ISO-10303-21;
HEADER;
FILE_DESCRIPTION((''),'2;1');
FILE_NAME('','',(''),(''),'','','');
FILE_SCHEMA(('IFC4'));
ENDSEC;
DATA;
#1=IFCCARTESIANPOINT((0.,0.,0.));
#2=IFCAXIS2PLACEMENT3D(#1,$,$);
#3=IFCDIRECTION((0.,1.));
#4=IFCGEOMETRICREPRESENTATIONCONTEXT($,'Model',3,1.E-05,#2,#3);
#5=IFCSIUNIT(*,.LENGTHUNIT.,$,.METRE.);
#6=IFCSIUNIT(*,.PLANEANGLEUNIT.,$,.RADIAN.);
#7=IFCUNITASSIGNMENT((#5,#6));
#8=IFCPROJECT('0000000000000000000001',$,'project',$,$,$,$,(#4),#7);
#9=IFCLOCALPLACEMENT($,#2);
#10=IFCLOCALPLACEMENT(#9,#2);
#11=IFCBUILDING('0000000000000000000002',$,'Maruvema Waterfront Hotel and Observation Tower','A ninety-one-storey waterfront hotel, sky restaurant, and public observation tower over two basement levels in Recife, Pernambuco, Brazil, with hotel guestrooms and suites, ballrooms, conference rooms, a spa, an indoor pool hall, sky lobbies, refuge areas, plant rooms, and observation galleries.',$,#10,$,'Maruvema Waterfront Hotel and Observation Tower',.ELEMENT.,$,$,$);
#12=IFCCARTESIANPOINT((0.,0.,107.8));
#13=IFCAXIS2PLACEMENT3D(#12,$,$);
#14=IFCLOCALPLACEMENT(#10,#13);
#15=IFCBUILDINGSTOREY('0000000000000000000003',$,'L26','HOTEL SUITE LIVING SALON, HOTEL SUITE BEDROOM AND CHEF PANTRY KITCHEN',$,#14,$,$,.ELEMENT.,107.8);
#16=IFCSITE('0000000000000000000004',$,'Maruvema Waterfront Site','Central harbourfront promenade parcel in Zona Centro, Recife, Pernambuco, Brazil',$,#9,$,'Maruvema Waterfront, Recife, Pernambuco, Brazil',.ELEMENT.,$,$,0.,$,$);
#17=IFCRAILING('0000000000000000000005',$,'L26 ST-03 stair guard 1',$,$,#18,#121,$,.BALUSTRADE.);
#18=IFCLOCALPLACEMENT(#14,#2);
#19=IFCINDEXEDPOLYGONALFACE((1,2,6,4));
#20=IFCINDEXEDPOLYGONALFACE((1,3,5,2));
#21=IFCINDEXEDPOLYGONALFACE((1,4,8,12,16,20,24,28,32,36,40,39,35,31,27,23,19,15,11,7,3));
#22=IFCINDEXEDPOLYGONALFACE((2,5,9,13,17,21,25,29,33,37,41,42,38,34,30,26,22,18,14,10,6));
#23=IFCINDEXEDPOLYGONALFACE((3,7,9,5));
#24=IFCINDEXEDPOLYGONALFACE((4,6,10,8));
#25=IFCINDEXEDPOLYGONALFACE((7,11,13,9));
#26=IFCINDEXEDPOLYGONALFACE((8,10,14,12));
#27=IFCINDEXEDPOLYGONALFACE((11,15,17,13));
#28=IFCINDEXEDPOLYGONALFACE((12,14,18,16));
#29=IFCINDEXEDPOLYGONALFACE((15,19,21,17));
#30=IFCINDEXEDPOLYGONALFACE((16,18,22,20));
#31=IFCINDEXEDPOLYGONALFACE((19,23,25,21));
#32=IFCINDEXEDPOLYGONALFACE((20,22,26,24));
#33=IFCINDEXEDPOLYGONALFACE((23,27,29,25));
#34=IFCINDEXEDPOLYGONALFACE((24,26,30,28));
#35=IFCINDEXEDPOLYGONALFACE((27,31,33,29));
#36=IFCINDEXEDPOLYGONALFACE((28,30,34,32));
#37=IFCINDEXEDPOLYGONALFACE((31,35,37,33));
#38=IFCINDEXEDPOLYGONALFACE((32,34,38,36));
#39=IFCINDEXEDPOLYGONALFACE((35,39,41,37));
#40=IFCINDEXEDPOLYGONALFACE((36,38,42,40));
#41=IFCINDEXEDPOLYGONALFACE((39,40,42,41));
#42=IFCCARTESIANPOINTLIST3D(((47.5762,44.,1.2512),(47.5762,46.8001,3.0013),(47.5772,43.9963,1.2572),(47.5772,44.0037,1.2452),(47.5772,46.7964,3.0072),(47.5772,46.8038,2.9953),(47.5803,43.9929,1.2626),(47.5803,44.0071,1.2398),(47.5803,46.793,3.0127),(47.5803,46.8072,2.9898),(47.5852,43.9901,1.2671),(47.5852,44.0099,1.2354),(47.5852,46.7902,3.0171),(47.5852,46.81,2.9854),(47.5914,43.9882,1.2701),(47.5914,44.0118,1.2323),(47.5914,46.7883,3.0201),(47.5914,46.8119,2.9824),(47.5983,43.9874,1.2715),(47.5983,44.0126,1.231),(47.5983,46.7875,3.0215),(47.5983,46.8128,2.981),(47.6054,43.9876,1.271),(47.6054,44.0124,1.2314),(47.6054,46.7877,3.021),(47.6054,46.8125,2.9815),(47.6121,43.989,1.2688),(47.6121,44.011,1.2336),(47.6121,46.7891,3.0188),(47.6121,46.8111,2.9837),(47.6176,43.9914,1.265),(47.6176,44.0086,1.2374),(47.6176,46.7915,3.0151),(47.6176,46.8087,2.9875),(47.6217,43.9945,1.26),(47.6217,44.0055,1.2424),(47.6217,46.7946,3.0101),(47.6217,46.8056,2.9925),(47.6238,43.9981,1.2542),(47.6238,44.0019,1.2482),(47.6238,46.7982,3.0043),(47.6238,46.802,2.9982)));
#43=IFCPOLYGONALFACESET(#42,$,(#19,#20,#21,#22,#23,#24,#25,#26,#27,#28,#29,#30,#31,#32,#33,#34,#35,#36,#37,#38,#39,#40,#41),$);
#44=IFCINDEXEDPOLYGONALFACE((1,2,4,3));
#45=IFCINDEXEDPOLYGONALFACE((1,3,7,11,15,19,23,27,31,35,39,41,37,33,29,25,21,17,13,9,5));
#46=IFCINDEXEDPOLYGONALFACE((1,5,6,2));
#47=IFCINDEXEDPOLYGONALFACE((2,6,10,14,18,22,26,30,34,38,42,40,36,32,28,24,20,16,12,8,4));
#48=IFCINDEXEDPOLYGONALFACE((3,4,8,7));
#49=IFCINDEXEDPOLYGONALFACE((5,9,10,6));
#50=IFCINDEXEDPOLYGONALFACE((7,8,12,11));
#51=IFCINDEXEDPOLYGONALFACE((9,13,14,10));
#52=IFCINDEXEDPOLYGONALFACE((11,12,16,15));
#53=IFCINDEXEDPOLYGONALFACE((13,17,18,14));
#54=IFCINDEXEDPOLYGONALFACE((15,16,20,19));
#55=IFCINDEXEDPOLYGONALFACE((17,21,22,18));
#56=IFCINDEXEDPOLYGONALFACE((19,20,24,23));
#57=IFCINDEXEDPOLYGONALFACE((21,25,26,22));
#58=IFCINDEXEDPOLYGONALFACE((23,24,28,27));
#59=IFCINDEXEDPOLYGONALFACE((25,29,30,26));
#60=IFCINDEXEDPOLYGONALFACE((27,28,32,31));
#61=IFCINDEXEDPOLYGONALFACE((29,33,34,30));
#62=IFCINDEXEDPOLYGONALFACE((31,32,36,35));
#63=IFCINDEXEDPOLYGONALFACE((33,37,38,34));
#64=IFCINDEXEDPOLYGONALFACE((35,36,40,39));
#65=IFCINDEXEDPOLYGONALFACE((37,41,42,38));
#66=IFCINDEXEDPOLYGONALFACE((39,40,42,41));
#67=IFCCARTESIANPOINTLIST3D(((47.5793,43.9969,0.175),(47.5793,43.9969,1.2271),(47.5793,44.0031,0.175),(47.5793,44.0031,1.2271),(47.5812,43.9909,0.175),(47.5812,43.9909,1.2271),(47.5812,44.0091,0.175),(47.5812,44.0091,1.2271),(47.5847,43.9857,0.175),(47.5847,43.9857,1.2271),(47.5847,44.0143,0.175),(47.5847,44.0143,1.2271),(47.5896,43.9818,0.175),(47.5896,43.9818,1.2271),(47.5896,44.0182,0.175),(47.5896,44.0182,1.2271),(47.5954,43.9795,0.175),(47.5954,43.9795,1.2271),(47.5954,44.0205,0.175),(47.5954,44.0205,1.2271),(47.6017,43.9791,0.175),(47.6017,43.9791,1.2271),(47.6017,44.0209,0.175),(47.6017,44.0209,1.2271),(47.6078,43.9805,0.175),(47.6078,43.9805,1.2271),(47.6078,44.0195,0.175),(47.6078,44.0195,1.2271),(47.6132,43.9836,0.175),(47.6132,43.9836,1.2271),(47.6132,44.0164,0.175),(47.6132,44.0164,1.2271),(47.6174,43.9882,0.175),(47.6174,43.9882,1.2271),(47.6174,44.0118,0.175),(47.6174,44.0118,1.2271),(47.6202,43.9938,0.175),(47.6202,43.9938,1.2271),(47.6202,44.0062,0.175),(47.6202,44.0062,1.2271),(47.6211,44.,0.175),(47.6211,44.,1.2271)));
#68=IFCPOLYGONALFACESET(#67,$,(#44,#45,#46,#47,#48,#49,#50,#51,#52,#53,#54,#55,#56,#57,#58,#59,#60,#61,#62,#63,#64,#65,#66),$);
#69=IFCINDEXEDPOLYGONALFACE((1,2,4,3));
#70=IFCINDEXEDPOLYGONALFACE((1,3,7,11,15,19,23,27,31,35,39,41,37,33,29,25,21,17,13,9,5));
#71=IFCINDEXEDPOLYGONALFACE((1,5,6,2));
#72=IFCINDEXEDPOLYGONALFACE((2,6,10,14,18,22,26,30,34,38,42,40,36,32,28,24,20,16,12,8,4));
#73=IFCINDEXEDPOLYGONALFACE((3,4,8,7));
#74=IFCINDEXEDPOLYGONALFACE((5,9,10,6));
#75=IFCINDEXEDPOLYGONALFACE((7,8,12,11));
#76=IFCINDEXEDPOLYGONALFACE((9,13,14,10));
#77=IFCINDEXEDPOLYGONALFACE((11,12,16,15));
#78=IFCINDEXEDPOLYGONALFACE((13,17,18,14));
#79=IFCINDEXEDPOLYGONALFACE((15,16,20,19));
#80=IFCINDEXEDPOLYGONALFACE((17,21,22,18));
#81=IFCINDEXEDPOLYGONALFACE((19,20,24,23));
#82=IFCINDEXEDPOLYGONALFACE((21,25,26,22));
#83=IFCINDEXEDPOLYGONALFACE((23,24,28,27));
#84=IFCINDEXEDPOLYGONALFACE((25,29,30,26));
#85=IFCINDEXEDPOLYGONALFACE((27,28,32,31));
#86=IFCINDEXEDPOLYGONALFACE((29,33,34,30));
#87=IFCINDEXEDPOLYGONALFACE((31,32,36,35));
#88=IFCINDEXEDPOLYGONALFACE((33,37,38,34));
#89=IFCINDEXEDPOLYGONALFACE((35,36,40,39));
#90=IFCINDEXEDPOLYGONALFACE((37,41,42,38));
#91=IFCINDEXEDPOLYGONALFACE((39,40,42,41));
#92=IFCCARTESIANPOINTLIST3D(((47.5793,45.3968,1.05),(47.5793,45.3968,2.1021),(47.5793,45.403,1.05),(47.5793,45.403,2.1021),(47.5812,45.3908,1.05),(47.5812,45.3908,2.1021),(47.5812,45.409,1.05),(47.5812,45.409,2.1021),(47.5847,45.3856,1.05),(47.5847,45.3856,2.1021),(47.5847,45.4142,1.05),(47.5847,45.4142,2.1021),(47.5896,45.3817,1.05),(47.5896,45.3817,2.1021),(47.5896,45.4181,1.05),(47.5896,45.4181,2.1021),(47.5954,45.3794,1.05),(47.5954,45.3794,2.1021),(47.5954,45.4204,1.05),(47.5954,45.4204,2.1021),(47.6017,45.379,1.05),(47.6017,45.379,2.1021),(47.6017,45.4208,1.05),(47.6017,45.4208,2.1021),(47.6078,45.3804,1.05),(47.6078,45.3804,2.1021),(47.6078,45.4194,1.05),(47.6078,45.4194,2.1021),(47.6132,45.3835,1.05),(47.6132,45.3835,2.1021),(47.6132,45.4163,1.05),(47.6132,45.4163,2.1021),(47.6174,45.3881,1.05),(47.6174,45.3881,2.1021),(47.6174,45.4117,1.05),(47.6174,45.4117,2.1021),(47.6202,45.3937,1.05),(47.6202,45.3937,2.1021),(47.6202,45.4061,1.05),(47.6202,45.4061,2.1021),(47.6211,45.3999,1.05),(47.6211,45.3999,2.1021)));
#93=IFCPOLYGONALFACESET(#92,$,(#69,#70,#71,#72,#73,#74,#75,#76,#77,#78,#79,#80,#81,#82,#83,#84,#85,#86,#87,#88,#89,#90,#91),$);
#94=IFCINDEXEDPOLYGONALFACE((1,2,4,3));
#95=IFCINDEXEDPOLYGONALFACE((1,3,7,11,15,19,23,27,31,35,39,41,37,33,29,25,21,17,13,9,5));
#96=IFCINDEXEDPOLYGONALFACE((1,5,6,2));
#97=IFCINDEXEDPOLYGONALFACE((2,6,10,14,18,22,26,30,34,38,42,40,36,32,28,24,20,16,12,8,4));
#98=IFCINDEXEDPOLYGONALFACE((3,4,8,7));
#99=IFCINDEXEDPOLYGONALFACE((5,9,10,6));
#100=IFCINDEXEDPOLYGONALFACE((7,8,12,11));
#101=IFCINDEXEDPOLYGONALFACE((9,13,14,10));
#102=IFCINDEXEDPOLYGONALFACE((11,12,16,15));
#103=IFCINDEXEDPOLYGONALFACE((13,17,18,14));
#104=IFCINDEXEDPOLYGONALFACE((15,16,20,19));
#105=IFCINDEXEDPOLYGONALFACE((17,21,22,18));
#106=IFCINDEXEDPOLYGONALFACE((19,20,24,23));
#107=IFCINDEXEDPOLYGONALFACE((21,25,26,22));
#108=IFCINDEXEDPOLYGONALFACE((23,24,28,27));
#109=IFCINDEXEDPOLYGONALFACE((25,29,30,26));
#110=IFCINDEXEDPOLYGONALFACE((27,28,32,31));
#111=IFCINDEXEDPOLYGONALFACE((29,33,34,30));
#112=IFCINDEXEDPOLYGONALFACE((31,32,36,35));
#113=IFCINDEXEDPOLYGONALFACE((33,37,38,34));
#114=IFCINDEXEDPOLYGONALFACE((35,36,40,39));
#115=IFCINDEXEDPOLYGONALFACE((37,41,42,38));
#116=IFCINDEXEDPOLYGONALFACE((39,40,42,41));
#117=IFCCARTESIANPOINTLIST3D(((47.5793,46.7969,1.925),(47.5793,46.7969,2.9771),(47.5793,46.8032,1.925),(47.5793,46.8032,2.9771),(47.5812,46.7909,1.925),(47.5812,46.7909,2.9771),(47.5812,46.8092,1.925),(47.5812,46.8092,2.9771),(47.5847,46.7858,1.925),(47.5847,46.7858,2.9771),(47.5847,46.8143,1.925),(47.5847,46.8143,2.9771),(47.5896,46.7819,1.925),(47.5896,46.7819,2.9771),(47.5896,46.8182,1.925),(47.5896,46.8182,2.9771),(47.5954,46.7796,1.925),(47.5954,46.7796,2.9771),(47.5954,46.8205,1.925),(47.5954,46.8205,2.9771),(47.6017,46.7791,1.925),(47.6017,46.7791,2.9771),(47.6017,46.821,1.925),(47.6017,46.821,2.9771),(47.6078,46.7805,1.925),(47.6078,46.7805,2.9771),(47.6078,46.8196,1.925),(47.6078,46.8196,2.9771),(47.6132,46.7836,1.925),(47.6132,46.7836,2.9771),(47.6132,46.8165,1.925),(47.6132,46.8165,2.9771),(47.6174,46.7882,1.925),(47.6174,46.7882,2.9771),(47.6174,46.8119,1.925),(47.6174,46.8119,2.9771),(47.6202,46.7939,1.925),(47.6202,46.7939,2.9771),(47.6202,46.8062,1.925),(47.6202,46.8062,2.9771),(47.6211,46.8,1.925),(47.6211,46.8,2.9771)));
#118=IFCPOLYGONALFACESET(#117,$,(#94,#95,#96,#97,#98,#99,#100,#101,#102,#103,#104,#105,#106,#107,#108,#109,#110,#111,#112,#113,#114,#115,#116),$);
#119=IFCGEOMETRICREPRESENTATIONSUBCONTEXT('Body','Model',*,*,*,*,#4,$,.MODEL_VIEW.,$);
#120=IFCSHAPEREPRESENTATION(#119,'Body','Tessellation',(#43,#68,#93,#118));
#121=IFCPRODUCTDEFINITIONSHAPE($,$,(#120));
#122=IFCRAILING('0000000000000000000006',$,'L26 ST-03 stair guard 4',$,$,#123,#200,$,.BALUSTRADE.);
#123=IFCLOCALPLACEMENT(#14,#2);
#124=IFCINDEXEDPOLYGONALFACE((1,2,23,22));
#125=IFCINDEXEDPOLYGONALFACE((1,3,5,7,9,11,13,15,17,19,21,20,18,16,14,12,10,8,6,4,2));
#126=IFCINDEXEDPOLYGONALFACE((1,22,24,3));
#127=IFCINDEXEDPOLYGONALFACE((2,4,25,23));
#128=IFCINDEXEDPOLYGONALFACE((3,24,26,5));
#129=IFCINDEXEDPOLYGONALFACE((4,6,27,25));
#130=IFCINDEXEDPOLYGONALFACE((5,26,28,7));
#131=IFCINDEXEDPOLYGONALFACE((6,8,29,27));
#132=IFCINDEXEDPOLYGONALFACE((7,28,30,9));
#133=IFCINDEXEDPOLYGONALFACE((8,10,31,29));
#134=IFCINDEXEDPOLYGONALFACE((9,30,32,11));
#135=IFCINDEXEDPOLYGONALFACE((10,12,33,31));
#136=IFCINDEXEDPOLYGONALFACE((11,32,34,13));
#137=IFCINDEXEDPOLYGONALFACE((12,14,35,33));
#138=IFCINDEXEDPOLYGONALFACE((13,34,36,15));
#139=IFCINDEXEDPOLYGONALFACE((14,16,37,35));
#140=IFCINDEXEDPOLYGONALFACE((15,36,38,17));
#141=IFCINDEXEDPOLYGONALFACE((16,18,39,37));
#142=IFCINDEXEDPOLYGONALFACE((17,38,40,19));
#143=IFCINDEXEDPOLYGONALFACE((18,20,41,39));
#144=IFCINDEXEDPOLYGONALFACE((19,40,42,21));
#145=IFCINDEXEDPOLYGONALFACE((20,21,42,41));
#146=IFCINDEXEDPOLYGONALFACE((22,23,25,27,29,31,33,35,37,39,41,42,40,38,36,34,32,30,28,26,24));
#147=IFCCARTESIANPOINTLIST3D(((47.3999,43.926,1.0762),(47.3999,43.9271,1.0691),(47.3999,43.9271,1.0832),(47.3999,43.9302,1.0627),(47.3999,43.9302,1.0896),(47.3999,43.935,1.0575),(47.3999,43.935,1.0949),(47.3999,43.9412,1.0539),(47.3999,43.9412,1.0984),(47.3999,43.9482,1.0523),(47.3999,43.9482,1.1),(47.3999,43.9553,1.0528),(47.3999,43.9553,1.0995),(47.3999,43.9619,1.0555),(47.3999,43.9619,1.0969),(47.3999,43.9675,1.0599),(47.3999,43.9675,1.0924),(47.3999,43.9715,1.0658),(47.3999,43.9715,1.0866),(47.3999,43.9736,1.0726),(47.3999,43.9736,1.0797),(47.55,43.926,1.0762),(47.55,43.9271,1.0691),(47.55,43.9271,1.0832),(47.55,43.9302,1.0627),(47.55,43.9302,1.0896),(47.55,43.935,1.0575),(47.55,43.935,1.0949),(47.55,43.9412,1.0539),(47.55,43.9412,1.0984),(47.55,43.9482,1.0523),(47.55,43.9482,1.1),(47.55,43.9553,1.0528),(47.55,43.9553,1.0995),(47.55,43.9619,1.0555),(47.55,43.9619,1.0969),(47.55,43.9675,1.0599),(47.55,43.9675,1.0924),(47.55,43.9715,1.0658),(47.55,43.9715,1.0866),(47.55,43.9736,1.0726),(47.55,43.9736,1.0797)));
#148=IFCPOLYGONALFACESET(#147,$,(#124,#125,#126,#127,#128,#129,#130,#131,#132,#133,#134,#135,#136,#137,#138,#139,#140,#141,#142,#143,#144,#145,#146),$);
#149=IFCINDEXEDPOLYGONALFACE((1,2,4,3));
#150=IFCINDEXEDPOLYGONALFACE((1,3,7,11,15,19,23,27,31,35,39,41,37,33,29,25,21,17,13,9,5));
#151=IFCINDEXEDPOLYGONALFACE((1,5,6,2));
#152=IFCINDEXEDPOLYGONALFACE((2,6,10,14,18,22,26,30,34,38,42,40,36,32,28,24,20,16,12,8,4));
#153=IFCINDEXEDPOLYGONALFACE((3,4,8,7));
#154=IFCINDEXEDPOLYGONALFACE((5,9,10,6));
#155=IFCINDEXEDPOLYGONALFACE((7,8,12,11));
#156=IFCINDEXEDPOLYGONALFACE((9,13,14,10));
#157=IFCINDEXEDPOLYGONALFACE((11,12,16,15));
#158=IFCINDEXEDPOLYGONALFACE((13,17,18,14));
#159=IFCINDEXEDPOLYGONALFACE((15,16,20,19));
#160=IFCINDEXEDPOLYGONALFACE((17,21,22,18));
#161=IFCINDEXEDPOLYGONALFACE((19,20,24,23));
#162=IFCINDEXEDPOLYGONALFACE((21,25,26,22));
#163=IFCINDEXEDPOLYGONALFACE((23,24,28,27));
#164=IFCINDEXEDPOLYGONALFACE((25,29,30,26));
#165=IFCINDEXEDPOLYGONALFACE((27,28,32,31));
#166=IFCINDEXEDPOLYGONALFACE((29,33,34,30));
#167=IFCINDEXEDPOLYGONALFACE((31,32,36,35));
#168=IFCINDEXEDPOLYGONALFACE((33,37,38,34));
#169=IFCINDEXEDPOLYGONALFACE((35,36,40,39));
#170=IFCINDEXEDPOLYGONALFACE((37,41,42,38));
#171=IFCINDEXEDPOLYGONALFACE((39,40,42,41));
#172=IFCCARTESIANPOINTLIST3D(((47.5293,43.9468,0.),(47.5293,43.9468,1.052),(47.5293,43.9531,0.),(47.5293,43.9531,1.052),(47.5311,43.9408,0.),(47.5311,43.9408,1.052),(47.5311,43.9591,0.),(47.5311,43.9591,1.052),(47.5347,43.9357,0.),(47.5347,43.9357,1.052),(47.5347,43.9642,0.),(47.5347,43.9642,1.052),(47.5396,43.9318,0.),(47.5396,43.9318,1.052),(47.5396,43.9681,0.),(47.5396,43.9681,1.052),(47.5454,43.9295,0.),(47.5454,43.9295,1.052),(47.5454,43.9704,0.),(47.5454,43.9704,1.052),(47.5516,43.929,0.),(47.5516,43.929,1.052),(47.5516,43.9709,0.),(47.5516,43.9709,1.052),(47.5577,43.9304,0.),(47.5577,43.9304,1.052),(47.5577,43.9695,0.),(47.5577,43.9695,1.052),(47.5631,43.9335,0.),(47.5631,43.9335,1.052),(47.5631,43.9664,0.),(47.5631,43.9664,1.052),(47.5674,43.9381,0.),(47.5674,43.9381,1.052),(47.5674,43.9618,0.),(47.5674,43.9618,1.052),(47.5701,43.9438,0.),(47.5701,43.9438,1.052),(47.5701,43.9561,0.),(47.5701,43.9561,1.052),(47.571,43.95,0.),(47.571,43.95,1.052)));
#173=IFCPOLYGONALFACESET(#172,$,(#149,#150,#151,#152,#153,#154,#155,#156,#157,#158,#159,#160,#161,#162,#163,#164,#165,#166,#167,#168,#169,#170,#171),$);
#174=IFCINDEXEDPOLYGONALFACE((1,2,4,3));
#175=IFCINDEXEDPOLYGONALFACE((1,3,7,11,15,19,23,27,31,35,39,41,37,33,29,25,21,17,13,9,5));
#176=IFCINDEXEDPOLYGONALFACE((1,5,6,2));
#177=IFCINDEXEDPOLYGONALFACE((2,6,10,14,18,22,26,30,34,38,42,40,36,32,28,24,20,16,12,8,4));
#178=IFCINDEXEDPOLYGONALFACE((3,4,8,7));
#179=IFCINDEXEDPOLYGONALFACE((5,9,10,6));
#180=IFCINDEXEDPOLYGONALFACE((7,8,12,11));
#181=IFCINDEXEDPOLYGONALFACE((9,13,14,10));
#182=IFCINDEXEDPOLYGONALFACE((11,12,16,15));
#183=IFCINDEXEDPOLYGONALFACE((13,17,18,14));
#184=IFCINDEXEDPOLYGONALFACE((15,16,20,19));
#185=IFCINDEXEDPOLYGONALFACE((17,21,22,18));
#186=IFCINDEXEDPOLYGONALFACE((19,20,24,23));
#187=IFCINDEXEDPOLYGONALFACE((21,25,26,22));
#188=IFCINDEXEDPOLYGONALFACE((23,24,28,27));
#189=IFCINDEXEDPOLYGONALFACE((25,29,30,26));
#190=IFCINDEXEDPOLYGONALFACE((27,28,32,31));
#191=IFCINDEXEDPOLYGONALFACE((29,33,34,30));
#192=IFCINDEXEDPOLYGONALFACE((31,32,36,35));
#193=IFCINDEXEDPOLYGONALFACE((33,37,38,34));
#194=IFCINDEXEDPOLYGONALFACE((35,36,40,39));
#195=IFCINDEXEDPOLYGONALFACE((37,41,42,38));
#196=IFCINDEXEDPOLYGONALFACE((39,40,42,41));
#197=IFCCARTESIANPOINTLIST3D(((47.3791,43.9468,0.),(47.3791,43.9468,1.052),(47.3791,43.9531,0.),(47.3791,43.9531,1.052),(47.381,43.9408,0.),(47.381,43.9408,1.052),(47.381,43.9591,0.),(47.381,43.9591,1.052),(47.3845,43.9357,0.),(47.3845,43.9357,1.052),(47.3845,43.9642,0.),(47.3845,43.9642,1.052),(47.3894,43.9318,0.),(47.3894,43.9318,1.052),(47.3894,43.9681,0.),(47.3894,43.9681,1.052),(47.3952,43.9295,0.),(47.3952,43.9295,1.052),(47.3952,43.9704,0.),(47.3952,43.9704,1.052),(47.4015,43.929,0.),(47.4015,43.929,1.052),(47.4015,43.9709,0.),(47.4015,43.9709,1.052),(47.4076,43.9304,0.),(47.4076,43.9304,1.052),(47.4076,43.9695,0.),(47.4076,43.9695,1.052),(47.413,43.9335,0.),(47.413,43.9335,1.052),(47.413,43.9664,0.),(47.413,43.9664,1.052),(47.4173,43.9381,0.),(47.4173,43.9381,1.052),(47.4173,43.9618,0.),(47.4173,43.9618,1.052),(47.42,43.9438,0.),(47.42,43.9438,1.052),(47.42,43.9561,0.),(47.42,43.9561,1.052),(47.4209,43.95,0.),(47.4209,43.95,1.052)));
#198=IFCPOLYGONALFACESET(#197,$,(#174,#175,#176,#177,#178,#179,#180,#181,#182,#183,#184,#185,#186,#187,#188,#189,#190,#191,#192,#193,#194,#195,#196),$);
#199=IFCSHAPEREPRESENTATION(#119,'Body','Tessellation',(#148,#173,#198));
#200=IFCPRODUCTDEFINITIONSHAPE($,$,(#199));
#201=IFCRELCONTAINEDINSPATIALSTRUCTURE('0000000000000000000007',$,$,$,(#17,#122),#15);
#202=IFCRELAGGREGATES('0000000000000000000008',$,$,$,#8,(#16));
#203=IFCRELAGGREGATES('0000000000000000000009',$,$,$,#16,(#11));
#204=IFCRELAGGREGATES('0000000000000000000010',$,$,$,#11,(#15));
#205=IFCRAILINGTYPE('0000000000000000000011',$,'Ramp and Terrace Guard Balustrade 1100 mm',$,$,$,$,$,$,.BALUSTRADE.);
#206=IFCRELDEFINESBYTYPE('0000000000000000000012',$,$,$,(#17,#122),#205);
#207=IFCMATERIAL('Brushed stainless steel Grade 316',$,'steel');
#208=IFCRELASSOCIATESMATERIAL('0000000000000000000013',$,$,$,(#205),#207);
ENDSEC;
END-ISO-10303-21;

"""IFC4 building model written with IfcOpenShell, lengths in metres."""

from ifc_helpers import new_model, si_unit, direction, frame, origin, origin_2d, place, context, subcontext, project, spatial, circle, extrude, material, type_object, element, save


model = new_model("IFC4")

# Units and contexts
model_context = context("Model", 3, precision=1e-05, world=origin(), true_north=direction((0.0, 1.0)))
body_context = subcontext(model_context, "Body", "Model", "MODEL_VIEW")
ifc_project = project(units=[si_unit("LENGTHUNIT", "METRE"), si_unit("PLANEANGLEUNIT", "RADIAN")], contexts=[model_context])

# Site, building, storey
site_placement = place(None, origin())
site = spatial("IfcSite", under=ifc_project, at=site_placement, Name="Maruvema Waterfront Site", Description="Central harbourfront promenade parcel in Zona Centro, Recife, Pernambuco, Brazil", LongName="Maruvema Waterfront, Recife, Pernambuco, Brazil", CompositionType="ELEMENT", RefElevation=0.0)
building_placement = place(site_placement, origin())
building = spatial("IfcBuilding", under=site, at=building_placement, Name="Maruvema Waterfront Hotel and Observation Tower", Description="A ninety-one-storey waterfront hotel, sky restaurant, and public observation tower over two basement levels in Recife, Pernambuco, Brazil, with hotel guestrooms and suites, ballrooms, conference rooms, a spa, an indoor pool hall, sky lobbies, refuge areas, plant rooms, and observation galleries.", LongName="Maruvema Waterfront Hotel and Observation Tower", CompositionType="ELEMENT")
storey_placement = place(building_placement, frame((0.0, 0.0, 107.8)))
storey = spatial("IfcBuildingStorey", under=building, at=storey_placement, Name="L26", Description="HOTEL SUITE LIVING SALON, HOTEL SUITE BEDROOM AND CHEF PANTRY KITCHEN", CompositionType="ELEMENT", Elevation=107.8)

# Railings
ifc_material_1 = material(Name="Brushed stainless steel Grade 316", Category="steel")
railing_type_1 = type_object("IfcRailingType", Name="Ramp and Terrace Guard Balustrade 1100 mm", PredefinedType="BALUSTRADE", material=ifc_material_1)
railing_1_placement = place(storey_placement, frame((47.6001, 44.0, 0.175)))
element("IfcRailing", 1, at=railing_1_placement, inside=storey, type_object=railing_type_1, Name="L26 ST-03 stair guard 1", PredefinedType="BALUSTRADE", context=body_context, shape_type="SweptSolid", body=[
    extrude(circle(Radius=0.0239, at=origin_2d()), frame((0.0, 0.0, 1.0762), z_axis=(0.0, 0.848002, 0.529992), x_axis=(-1.0, 0.0, 0.0)), (0.0, 0.0, 1.0), 3.302),
    extrude(circle(Radius=0.021, at=origin_2d()), origin(), (0.0, 0.0, 1.0), 1.052),
    extrude(circle(Radius=0.021, at=origin_2d()), frame((0.0, 1.3999, 0.875)), (0.0, 0.0, 1.0), 1.052),
    extrude(circle(Radius=0.021, at=origin_2d()), frame((0.0, 2.8, 1.75)), (0.0, 0.0, 1.0), 1.052),
])
railing_2_placement = place(storey_placement, frame((47.55, 43.95, 0.0)))
element("IfcRailing", 2, at=railing_2_placement, inside=storey, type_object=railing_type_1, Name="L26 ST-03 stair guard 4", PredefinedType="BALUSTRADE", context=body_context, shape_type="SweptSolid", body=[
    extrude(circle(Radius=0.0239, at=origin_2d()), frame((0.0, 0.0, 1.0762), z_axis=(-1.0, 0.0, 0.0), x_axis=(0.0, -1.0, 0.0)), (0.0, 0.0, 1.0), 0.1501),
    extrude(circle(Radius=0.021, at=origin_2d()), origin(), (0.0, 0.0, 1.0), 1.052),
    extrude(circle(Radius=0.021, at=origin_2d()), frame((-0.1501, 0.0, 0.0)), (0.0, 0.0, 1.0), 1.052),
])

save(model, "model.ifc")
